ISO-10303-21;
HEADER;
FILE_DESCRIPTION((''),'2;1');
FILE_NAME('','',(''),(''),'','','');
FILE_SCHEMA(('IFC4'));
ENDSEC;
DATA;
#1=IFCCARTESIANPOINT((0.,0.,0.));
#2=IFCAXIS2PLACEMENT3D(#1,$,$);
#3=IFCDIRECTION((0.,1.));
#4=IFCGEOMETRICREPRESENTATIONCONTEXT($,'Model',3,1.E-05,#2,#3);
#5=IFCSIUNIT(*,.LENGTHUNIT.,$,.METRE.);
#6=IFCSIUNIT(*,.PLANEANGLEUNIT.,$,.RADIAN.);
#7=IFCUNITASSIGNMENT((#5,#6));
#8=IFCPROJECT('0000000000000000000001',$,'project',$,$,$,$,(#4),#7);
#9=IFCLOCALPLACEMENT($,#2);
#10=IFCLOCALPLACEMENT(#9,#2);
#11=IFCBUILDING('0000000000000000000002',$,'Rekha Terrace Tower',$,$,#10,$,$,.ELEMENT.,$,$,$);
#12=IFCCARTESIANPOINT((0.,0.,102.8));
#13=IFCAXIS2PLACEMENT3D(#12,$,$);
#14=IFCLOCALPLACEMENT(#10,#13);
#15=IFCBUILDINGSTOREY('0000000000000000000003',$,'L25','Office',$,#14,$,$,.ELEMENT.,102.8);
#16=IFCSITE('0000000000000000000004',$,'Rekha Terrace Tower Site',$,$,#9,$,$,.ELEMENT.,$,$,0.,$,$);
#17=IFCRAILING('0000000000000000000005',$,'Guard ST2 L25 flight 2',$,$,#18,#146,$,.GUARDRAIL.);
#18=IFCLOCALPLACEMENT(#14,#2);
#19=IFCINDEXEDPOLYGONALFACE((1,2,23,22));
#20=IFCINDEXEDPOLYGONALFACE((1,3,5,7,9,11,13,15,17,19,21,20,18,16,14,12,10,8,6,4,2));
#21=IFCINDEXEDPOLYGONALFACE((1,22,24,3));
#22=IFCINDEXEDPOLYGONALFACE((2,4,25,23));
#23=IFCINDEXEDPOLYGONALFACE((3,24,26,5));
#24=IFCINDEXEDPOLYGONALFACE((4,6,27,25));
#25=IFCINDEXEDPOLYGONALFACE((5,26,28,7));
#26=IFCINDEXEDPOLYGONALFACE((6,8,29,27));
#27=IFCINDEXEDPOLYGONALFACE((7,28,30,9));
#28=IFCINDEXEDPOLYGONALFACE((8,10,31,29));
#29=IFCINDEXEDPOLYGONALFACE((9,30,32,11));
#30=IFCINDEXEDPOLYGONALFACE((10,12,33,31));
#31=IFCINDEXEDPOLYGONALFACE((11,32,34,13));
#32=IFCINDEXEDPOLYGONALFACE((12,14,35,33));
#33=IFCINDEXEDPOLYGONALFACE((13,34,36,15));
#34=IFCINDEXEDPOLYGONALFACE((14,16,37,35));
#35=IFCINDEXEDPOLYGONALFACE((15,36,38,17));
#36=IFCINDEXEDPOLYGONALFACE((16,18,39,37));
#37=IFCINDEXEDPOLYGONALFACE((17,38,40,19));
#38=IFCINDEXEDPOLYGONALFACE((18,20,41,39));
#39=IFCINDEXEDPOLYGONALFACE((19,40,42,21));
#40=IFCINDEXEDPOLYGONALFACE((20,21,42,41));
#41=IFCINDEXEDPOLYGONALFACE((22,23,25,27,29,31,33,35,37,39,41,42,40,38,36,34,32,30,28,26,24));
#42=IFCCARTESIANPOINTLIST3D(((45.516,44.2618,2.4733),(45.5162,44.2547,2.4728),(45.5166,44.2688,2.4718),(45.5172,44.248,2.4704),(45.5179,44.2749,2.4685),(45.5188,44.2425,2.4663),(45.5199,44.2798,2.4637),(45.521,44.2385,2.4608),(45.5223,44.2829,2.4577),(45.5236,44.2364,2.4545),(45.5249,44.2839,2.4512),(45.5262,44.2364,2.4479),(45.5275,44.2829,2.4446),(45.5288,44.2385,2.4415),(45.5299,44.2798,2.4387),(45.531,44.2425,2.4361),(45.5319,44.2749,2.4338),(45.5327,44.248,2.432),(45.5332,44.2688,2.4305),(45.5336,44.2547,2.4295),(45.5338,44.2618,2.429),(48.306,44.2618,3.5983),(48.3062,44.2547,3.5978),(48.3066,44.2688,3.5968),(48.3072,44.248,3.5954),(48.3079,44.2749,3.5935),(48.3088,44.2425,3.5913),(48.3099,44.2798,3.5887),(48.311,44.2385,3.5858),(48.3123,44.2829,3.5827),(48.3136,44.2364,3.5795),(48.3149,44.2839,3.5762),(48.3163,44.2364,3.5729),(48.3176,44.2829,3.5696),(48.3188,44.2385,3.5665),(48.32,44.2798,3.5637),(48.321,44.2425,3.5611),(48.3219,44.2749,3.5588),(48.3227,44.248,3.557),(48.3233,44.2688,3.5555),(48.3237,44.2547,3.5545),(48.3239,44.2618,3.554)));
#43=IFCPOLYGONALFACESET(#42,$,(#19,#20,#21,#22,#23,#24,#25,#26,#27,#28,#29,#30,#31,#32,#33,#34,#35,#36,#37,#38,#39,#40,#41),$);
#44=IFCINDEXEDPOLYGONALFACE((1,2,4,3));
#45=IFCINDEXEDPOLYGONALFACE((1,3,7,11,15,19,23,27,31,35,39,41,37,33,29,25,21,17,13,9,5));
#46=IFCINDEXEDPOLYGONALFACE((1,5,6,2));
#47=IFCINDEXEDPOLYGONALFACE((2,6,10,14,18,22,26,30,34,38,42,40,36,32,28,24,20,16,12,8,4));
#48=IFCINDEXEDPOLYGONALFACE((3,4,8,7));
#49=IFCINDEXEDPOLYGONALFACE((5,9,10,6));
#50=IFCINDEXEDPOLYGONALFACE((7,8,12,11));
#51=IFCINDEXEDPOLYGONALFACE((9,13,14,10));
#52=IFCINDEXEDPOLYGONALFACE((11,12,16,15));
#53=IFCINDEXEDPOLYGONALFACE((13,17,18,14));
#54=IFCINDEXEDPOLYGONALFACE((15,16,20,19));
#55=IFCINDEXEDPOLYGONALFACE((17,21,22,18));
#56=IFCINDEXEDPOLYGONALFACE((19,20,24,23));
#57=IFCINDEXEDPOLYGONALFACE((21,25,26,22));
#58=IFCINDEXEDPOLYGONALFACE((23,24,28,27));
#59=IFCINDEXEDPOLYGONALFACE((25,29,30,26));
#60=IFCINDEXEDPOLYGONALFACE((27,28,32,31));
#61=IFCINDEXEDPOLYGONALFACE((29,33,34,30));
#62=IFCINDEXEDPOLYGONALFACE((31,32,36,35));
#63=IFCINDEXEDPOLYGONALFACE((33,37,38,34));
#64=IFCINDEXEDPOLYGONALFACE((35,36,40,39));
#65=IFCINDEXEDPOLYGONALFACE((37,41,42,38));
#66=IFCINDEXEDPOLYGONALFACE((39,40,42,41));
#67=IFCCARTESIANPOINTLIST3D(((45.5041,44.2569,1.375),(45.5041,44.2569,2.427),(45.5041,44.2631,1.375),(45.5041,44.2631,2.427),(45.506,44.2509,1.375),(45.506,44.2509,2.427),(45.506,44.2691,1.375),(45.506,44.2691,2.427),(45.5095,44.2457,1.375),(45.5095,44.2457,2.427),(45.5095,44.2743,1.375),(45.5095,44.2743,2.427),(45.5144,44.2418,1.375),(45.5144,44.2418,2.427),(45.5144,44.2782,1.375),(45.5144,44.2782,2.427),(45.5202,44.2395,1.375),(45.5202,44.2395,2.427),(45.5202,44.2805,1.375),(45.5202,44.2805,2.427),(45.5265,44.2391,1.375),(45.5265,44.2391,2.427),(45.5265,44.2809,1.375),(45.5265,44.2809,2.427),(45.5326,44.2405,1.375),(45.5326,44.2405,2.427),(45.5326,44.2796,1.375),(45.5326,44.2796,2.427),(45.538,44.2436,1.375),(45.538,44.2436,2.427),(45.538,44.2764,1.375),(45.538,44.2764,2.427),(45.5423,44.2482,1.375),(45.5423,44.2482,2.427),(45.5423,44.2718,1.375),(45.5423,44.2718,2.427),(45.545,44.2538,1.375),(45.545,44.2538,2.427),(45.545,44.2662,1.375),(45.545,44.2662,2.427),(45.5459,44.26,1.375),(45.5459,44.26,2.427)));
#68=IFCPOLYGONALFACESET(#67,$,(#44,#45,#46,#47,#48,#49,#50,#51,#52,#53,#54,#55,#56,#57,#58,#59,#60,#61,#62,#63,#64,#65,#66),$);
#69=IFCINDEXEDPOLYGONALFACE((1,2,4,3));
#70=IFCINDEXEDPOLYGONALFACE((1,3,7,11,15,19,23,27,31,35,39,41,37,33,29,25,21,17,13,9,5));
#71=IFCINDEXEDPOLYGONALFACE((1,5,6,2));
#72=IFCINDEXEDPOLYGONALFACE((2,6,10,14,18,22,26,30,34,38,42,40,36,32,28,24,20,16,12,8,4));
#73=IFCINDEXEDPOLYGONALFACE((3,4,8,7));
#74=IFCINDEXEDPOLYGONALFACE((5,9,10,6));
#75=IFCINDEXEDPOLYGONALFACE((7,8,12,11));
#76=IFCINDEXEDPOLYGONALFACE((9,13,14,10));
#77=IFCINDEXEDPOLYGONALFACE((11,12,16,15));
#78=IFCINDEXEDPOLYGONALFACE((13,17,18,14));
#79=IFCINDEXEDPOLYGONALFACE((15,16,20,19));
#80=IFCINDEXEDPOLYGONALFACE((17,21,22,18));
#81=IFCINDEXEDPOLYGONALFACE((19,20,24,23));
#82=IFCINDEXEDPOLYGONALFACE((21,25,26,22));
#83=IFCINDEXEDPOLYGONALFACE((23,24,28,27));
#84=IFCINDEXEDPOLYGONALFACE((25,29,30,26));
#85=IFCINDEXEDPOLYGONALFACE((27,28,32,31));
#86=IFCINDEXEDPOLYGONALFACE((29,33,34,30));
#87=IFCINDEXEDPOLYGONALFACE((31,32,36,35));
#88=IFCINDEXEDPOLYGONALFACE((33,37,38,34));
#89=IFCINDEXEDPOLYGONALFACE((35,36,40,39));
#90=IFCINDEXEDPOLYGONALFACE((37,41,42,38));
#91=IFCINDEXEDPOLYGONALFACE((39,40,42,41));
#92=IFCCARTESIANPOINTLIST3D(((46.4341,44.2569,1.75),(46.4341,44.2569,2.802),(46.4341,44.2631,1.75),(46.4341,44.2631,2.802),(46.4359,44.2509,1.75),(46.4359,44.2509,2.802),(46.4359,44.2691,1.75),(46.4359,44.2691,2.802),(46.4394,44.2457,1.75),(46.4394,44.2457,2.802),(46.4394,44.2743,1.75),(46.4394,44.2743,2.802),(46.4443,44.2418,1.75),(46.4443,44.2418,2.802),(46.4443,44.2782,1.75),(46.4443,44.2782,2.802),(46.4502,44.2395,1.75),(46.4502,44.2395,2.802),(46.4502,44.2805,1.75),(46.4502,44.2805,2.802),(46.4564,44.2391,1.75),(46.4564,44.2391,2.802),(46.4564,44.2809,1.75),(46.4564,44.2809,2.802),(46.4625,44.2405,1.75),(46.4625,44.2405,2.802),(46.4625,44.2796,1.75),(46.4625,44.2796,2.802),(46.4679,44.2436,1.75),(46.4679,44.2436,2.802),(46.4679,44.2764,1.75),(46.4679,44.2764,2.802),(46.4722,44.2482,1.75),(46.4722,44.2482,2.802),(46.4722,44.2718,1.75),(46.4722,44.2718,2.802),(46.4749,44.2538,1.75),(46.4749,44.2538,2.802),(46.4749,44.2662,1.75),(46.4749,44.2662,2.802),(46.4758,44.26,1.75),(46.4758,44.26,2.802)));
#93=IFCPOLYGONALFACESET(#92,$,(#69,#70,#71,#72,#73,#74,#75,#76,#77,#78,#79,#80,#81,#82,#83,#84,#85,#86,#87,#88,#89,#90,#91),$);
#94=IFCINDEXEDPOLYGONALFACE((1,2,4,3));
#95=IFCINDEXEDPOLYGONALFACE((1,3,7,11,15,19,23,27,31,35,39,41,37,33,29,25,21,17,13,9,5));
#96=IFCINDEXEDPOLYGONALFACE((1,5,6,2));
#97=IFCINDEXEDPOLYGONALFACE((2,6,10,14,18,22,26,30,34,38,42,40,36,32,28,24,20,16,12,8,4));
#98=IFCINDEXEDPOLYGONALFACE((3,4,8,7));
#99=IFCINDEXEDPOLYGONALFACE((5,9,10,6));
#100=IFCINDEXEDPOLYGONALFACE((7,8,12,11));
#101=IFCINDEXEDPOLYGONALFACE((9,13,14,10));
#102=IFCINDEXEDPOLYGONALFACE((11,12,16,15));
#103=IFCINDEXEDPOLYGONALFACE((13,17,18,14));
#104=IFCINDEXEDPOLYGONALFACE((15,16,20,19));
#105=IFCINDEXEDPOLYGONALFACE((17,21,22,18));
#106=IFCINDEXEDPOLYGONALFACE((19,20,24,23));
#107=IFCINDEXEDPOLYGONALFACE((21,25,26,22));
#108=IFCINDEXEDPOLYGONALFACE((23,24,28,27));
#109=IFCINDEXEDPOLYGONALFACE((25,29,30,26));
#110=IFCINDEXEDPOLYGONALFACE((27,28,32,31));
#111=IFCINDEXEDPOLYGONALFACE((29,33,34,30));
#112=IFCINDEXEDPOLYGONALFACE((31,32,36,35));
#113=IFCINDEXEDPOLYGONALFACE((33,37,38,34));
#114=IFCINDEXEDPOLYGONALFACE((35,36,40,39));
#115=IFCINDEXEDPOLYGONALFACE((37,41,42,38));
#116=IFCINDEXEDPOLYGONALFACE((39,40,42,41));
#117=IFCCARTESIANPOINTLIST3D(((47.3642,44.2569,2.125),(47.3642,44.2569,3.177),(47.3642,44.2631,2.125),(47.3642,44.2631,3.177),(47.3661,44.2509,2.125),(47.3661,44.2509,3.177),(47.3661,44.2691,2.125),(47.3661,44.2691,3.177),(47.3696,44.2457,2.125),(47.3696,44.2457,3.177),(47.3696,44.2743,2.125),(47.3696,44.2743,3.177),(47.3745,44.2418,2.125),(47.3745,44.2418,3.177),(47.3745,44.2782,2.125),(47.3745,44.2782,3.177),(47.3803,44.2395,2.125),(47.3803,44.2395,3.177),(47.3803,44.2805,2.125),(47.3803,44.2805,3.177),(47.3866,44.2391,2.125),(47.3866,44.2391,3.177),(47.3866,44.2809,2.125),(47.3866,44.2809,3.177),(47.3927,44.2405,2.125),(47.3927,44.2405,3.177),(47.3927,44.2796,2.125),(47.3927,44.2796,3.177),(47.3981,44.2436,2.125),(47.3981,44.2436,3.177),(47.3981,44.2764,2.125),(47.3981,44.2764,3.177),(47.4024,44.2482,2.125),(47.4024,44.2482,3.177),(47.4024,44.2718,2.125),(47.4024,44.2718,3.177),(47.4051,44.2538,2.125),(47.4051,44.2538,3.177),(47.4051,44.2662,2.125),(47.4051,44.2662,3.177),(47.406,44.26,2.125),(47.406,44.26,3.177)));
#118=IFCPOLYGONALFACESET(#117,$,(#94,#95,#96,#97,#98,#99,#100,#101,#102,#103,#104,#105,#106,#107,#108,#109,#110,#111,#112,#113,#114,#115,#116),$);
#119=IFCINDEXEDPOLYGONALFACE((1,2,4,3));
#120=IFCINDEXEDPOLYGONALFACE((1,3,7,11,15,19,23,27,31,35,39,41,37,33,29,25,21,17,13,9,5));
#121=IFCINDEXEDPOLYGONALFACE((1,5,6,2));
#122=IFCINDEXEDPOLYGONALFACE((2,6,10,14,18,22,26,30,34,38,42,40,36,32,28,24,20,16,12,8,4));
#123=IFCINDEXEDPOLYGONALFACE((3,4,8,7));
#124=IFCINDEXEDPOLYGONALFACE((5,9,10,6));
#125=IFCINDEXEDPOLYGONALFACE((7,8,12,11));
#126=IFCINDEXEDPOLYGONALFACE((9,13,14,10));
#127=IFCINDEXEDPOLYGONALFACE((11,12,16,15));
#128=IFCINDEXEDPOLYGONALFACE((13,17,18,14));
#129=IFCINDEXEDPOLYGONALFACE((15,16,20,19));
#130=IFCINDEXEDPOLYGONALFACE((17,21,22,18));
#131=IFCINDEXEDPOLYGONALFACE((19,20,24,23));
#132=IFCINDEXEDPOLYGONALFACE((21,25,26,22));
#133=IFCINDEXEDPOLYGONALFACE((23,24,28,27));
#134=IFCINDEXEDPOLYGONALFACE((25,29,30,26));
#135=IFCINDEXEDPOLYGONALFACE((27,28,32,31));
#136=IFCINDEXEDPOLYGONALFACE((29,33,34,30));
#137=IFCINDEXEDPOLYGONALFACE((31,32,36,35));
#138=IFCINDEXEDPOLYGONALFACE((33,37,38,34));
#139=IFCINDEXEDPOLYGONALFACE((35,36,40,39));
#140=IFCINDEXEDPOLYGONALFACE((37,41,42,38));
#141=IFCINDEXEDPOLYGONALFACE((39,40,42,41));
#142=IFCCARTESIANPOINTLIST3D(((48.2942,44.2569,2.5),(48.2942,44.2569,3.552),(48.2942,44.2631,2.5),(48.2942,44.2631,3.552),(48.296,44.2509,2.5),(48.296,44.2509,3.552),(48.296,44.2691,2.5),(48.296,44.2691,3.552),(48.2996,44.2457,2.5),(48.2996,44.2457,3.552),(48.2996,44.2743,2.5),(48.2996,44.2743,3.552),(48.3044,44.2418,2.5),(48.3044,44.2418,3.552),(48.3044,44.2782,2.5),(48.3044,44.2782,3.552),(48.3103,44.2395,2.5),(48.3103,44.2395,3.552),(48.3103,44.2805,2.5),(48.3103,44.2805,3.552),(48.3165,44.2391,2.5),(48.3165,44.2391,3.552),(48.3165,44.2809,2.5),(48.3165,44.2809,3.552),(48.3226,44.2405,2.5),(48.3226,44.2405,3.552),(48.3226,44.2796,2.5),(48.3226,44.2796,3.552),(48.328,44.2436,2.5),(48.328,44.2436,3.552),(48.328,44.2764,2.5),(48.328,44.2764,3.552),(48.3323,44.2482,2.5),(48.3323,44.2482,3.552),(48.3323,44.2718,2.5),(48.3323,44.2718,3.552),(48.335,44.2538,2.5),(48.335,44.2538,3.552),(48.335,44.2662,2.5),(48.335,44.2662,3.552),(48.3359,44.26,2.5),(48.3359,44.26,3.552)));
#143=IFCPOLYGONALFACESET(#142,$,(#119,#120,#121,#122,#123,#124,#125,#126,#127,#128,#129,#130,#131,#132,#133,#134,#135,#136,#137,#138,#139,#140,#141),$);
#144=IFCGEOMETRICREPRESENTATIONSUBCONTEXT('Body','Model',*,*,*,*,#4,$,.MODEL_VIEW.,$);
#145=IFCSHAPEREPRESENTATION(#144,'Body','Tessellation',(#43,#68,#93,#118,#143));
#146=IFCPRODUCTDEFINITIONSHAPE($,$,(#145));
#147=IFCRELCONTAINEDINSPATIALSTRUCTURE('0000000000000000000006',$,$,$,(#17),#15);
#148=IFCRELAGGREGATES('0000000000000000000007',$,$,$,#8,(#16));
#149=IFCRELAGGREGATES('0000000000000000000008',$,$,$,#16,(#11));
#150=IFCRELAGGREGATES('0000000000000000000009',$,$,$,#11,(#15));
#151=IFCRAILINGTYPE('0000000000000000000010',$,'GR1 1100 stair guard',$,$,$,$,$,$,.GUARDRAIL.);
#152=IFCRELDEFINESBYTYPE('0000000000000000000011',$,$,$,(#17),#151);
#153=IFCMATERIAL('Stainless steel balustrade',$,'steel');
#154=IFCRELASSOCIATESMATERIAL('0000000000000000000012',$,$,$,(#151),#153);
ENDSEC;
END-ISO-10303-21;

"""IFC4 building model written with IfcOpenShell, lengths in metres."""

from ifc_helpers import new_model, si_unit, direction, frame, origin, origin_2d, place, context, subcontext, project, spatial, circle, extrude, material, type_object, element, save


model = new_model("IFC4")

# Units and contexts
model_context = context("Model", 3, precision=1e-05, world=origin(), true_north=direction((0.0, 1.0)))
body_context = subcontext(model_context, "Body", "Model", "MODEL_VIEW")
ifc_project = project(units=[si_unit("LENGTHUNIT", "METRE"), si_unit("PLANEANGLEUNIT", "RADIAN")], contexts=[model_context])

# Site, building, storey
site_placement = place(None, origin())
site = spatial("IfcSite", under=ifc_project, at=site_placement, Name="Rekha Terrace Tower Site", CompositionType="ELEMENT", RefElevation=0.0)
building_placement = place(site_placement, origin())
building = spatial("IfcBuilding", under=site, at=building_placement, Name="Rekha Terrace Tower", CompositionType="ELEMENT")
storey_placement = place(building_placement, frame((0.0, 0.0, 102.8)))
storey = spatial("IfcBuildingStorey", under=building, at=storey_placement, Name="L25", Description="Office", CompositionType="ELEMENT", Elevation=102.8)

# Railing
ifc_material_1 = material(Name="Stainless steel balustrade", Category="steel")
railing_type_1 = type_object("IfcRailingType", Name="GR1 1100 stair guard", PredefinedType="GUARDRAIL", material=ifc_material_1)
railing_1_placement = place(storey_placement, frame((45.5249, 44.26, 1.375)))
element("IfcRailing", 1, at=railing_1_placement, inside=storey, type_object=railing_type_1, Name="Guard ST2 L25 flight 2", PredefinedType="GUARDRAIL", context=body_context, shape_type="SweptSolid", body=[
    extrude(circle(Radius=0.0239, at=origin_2d()), frame((0.0, 0.0, 1.0762), z_axis=(0.927443, 0.0, 0.373964), x_axis=(0.0, 1.0, 0.0)), (0.0, 0.0, 1.0), 3.0083),
    extrude(circle(Radius=0.021, at=origin_2d()), origin(), (0.0, 0.0, 1.0), 1.052),
    extrude(circle(Radius=0.021, at=origin_2d()), frame((0.9299, 0.0, 0.375)), (0.0, 0.0, 1.0), 1.052),
    extrude(circle(Radius=0.021, at=origin_2d()), frame((1.8601, 0.0, 0.75)), (0.0, 0.0, 1.0), 1.052),
    extrude(circle(Radius=0.021, at=origin_2d()), frame((2.79, 0.0, 1.125)), (0.0, 0.0, 1.0), 1.052),
])

save(model, "model.ifc")
